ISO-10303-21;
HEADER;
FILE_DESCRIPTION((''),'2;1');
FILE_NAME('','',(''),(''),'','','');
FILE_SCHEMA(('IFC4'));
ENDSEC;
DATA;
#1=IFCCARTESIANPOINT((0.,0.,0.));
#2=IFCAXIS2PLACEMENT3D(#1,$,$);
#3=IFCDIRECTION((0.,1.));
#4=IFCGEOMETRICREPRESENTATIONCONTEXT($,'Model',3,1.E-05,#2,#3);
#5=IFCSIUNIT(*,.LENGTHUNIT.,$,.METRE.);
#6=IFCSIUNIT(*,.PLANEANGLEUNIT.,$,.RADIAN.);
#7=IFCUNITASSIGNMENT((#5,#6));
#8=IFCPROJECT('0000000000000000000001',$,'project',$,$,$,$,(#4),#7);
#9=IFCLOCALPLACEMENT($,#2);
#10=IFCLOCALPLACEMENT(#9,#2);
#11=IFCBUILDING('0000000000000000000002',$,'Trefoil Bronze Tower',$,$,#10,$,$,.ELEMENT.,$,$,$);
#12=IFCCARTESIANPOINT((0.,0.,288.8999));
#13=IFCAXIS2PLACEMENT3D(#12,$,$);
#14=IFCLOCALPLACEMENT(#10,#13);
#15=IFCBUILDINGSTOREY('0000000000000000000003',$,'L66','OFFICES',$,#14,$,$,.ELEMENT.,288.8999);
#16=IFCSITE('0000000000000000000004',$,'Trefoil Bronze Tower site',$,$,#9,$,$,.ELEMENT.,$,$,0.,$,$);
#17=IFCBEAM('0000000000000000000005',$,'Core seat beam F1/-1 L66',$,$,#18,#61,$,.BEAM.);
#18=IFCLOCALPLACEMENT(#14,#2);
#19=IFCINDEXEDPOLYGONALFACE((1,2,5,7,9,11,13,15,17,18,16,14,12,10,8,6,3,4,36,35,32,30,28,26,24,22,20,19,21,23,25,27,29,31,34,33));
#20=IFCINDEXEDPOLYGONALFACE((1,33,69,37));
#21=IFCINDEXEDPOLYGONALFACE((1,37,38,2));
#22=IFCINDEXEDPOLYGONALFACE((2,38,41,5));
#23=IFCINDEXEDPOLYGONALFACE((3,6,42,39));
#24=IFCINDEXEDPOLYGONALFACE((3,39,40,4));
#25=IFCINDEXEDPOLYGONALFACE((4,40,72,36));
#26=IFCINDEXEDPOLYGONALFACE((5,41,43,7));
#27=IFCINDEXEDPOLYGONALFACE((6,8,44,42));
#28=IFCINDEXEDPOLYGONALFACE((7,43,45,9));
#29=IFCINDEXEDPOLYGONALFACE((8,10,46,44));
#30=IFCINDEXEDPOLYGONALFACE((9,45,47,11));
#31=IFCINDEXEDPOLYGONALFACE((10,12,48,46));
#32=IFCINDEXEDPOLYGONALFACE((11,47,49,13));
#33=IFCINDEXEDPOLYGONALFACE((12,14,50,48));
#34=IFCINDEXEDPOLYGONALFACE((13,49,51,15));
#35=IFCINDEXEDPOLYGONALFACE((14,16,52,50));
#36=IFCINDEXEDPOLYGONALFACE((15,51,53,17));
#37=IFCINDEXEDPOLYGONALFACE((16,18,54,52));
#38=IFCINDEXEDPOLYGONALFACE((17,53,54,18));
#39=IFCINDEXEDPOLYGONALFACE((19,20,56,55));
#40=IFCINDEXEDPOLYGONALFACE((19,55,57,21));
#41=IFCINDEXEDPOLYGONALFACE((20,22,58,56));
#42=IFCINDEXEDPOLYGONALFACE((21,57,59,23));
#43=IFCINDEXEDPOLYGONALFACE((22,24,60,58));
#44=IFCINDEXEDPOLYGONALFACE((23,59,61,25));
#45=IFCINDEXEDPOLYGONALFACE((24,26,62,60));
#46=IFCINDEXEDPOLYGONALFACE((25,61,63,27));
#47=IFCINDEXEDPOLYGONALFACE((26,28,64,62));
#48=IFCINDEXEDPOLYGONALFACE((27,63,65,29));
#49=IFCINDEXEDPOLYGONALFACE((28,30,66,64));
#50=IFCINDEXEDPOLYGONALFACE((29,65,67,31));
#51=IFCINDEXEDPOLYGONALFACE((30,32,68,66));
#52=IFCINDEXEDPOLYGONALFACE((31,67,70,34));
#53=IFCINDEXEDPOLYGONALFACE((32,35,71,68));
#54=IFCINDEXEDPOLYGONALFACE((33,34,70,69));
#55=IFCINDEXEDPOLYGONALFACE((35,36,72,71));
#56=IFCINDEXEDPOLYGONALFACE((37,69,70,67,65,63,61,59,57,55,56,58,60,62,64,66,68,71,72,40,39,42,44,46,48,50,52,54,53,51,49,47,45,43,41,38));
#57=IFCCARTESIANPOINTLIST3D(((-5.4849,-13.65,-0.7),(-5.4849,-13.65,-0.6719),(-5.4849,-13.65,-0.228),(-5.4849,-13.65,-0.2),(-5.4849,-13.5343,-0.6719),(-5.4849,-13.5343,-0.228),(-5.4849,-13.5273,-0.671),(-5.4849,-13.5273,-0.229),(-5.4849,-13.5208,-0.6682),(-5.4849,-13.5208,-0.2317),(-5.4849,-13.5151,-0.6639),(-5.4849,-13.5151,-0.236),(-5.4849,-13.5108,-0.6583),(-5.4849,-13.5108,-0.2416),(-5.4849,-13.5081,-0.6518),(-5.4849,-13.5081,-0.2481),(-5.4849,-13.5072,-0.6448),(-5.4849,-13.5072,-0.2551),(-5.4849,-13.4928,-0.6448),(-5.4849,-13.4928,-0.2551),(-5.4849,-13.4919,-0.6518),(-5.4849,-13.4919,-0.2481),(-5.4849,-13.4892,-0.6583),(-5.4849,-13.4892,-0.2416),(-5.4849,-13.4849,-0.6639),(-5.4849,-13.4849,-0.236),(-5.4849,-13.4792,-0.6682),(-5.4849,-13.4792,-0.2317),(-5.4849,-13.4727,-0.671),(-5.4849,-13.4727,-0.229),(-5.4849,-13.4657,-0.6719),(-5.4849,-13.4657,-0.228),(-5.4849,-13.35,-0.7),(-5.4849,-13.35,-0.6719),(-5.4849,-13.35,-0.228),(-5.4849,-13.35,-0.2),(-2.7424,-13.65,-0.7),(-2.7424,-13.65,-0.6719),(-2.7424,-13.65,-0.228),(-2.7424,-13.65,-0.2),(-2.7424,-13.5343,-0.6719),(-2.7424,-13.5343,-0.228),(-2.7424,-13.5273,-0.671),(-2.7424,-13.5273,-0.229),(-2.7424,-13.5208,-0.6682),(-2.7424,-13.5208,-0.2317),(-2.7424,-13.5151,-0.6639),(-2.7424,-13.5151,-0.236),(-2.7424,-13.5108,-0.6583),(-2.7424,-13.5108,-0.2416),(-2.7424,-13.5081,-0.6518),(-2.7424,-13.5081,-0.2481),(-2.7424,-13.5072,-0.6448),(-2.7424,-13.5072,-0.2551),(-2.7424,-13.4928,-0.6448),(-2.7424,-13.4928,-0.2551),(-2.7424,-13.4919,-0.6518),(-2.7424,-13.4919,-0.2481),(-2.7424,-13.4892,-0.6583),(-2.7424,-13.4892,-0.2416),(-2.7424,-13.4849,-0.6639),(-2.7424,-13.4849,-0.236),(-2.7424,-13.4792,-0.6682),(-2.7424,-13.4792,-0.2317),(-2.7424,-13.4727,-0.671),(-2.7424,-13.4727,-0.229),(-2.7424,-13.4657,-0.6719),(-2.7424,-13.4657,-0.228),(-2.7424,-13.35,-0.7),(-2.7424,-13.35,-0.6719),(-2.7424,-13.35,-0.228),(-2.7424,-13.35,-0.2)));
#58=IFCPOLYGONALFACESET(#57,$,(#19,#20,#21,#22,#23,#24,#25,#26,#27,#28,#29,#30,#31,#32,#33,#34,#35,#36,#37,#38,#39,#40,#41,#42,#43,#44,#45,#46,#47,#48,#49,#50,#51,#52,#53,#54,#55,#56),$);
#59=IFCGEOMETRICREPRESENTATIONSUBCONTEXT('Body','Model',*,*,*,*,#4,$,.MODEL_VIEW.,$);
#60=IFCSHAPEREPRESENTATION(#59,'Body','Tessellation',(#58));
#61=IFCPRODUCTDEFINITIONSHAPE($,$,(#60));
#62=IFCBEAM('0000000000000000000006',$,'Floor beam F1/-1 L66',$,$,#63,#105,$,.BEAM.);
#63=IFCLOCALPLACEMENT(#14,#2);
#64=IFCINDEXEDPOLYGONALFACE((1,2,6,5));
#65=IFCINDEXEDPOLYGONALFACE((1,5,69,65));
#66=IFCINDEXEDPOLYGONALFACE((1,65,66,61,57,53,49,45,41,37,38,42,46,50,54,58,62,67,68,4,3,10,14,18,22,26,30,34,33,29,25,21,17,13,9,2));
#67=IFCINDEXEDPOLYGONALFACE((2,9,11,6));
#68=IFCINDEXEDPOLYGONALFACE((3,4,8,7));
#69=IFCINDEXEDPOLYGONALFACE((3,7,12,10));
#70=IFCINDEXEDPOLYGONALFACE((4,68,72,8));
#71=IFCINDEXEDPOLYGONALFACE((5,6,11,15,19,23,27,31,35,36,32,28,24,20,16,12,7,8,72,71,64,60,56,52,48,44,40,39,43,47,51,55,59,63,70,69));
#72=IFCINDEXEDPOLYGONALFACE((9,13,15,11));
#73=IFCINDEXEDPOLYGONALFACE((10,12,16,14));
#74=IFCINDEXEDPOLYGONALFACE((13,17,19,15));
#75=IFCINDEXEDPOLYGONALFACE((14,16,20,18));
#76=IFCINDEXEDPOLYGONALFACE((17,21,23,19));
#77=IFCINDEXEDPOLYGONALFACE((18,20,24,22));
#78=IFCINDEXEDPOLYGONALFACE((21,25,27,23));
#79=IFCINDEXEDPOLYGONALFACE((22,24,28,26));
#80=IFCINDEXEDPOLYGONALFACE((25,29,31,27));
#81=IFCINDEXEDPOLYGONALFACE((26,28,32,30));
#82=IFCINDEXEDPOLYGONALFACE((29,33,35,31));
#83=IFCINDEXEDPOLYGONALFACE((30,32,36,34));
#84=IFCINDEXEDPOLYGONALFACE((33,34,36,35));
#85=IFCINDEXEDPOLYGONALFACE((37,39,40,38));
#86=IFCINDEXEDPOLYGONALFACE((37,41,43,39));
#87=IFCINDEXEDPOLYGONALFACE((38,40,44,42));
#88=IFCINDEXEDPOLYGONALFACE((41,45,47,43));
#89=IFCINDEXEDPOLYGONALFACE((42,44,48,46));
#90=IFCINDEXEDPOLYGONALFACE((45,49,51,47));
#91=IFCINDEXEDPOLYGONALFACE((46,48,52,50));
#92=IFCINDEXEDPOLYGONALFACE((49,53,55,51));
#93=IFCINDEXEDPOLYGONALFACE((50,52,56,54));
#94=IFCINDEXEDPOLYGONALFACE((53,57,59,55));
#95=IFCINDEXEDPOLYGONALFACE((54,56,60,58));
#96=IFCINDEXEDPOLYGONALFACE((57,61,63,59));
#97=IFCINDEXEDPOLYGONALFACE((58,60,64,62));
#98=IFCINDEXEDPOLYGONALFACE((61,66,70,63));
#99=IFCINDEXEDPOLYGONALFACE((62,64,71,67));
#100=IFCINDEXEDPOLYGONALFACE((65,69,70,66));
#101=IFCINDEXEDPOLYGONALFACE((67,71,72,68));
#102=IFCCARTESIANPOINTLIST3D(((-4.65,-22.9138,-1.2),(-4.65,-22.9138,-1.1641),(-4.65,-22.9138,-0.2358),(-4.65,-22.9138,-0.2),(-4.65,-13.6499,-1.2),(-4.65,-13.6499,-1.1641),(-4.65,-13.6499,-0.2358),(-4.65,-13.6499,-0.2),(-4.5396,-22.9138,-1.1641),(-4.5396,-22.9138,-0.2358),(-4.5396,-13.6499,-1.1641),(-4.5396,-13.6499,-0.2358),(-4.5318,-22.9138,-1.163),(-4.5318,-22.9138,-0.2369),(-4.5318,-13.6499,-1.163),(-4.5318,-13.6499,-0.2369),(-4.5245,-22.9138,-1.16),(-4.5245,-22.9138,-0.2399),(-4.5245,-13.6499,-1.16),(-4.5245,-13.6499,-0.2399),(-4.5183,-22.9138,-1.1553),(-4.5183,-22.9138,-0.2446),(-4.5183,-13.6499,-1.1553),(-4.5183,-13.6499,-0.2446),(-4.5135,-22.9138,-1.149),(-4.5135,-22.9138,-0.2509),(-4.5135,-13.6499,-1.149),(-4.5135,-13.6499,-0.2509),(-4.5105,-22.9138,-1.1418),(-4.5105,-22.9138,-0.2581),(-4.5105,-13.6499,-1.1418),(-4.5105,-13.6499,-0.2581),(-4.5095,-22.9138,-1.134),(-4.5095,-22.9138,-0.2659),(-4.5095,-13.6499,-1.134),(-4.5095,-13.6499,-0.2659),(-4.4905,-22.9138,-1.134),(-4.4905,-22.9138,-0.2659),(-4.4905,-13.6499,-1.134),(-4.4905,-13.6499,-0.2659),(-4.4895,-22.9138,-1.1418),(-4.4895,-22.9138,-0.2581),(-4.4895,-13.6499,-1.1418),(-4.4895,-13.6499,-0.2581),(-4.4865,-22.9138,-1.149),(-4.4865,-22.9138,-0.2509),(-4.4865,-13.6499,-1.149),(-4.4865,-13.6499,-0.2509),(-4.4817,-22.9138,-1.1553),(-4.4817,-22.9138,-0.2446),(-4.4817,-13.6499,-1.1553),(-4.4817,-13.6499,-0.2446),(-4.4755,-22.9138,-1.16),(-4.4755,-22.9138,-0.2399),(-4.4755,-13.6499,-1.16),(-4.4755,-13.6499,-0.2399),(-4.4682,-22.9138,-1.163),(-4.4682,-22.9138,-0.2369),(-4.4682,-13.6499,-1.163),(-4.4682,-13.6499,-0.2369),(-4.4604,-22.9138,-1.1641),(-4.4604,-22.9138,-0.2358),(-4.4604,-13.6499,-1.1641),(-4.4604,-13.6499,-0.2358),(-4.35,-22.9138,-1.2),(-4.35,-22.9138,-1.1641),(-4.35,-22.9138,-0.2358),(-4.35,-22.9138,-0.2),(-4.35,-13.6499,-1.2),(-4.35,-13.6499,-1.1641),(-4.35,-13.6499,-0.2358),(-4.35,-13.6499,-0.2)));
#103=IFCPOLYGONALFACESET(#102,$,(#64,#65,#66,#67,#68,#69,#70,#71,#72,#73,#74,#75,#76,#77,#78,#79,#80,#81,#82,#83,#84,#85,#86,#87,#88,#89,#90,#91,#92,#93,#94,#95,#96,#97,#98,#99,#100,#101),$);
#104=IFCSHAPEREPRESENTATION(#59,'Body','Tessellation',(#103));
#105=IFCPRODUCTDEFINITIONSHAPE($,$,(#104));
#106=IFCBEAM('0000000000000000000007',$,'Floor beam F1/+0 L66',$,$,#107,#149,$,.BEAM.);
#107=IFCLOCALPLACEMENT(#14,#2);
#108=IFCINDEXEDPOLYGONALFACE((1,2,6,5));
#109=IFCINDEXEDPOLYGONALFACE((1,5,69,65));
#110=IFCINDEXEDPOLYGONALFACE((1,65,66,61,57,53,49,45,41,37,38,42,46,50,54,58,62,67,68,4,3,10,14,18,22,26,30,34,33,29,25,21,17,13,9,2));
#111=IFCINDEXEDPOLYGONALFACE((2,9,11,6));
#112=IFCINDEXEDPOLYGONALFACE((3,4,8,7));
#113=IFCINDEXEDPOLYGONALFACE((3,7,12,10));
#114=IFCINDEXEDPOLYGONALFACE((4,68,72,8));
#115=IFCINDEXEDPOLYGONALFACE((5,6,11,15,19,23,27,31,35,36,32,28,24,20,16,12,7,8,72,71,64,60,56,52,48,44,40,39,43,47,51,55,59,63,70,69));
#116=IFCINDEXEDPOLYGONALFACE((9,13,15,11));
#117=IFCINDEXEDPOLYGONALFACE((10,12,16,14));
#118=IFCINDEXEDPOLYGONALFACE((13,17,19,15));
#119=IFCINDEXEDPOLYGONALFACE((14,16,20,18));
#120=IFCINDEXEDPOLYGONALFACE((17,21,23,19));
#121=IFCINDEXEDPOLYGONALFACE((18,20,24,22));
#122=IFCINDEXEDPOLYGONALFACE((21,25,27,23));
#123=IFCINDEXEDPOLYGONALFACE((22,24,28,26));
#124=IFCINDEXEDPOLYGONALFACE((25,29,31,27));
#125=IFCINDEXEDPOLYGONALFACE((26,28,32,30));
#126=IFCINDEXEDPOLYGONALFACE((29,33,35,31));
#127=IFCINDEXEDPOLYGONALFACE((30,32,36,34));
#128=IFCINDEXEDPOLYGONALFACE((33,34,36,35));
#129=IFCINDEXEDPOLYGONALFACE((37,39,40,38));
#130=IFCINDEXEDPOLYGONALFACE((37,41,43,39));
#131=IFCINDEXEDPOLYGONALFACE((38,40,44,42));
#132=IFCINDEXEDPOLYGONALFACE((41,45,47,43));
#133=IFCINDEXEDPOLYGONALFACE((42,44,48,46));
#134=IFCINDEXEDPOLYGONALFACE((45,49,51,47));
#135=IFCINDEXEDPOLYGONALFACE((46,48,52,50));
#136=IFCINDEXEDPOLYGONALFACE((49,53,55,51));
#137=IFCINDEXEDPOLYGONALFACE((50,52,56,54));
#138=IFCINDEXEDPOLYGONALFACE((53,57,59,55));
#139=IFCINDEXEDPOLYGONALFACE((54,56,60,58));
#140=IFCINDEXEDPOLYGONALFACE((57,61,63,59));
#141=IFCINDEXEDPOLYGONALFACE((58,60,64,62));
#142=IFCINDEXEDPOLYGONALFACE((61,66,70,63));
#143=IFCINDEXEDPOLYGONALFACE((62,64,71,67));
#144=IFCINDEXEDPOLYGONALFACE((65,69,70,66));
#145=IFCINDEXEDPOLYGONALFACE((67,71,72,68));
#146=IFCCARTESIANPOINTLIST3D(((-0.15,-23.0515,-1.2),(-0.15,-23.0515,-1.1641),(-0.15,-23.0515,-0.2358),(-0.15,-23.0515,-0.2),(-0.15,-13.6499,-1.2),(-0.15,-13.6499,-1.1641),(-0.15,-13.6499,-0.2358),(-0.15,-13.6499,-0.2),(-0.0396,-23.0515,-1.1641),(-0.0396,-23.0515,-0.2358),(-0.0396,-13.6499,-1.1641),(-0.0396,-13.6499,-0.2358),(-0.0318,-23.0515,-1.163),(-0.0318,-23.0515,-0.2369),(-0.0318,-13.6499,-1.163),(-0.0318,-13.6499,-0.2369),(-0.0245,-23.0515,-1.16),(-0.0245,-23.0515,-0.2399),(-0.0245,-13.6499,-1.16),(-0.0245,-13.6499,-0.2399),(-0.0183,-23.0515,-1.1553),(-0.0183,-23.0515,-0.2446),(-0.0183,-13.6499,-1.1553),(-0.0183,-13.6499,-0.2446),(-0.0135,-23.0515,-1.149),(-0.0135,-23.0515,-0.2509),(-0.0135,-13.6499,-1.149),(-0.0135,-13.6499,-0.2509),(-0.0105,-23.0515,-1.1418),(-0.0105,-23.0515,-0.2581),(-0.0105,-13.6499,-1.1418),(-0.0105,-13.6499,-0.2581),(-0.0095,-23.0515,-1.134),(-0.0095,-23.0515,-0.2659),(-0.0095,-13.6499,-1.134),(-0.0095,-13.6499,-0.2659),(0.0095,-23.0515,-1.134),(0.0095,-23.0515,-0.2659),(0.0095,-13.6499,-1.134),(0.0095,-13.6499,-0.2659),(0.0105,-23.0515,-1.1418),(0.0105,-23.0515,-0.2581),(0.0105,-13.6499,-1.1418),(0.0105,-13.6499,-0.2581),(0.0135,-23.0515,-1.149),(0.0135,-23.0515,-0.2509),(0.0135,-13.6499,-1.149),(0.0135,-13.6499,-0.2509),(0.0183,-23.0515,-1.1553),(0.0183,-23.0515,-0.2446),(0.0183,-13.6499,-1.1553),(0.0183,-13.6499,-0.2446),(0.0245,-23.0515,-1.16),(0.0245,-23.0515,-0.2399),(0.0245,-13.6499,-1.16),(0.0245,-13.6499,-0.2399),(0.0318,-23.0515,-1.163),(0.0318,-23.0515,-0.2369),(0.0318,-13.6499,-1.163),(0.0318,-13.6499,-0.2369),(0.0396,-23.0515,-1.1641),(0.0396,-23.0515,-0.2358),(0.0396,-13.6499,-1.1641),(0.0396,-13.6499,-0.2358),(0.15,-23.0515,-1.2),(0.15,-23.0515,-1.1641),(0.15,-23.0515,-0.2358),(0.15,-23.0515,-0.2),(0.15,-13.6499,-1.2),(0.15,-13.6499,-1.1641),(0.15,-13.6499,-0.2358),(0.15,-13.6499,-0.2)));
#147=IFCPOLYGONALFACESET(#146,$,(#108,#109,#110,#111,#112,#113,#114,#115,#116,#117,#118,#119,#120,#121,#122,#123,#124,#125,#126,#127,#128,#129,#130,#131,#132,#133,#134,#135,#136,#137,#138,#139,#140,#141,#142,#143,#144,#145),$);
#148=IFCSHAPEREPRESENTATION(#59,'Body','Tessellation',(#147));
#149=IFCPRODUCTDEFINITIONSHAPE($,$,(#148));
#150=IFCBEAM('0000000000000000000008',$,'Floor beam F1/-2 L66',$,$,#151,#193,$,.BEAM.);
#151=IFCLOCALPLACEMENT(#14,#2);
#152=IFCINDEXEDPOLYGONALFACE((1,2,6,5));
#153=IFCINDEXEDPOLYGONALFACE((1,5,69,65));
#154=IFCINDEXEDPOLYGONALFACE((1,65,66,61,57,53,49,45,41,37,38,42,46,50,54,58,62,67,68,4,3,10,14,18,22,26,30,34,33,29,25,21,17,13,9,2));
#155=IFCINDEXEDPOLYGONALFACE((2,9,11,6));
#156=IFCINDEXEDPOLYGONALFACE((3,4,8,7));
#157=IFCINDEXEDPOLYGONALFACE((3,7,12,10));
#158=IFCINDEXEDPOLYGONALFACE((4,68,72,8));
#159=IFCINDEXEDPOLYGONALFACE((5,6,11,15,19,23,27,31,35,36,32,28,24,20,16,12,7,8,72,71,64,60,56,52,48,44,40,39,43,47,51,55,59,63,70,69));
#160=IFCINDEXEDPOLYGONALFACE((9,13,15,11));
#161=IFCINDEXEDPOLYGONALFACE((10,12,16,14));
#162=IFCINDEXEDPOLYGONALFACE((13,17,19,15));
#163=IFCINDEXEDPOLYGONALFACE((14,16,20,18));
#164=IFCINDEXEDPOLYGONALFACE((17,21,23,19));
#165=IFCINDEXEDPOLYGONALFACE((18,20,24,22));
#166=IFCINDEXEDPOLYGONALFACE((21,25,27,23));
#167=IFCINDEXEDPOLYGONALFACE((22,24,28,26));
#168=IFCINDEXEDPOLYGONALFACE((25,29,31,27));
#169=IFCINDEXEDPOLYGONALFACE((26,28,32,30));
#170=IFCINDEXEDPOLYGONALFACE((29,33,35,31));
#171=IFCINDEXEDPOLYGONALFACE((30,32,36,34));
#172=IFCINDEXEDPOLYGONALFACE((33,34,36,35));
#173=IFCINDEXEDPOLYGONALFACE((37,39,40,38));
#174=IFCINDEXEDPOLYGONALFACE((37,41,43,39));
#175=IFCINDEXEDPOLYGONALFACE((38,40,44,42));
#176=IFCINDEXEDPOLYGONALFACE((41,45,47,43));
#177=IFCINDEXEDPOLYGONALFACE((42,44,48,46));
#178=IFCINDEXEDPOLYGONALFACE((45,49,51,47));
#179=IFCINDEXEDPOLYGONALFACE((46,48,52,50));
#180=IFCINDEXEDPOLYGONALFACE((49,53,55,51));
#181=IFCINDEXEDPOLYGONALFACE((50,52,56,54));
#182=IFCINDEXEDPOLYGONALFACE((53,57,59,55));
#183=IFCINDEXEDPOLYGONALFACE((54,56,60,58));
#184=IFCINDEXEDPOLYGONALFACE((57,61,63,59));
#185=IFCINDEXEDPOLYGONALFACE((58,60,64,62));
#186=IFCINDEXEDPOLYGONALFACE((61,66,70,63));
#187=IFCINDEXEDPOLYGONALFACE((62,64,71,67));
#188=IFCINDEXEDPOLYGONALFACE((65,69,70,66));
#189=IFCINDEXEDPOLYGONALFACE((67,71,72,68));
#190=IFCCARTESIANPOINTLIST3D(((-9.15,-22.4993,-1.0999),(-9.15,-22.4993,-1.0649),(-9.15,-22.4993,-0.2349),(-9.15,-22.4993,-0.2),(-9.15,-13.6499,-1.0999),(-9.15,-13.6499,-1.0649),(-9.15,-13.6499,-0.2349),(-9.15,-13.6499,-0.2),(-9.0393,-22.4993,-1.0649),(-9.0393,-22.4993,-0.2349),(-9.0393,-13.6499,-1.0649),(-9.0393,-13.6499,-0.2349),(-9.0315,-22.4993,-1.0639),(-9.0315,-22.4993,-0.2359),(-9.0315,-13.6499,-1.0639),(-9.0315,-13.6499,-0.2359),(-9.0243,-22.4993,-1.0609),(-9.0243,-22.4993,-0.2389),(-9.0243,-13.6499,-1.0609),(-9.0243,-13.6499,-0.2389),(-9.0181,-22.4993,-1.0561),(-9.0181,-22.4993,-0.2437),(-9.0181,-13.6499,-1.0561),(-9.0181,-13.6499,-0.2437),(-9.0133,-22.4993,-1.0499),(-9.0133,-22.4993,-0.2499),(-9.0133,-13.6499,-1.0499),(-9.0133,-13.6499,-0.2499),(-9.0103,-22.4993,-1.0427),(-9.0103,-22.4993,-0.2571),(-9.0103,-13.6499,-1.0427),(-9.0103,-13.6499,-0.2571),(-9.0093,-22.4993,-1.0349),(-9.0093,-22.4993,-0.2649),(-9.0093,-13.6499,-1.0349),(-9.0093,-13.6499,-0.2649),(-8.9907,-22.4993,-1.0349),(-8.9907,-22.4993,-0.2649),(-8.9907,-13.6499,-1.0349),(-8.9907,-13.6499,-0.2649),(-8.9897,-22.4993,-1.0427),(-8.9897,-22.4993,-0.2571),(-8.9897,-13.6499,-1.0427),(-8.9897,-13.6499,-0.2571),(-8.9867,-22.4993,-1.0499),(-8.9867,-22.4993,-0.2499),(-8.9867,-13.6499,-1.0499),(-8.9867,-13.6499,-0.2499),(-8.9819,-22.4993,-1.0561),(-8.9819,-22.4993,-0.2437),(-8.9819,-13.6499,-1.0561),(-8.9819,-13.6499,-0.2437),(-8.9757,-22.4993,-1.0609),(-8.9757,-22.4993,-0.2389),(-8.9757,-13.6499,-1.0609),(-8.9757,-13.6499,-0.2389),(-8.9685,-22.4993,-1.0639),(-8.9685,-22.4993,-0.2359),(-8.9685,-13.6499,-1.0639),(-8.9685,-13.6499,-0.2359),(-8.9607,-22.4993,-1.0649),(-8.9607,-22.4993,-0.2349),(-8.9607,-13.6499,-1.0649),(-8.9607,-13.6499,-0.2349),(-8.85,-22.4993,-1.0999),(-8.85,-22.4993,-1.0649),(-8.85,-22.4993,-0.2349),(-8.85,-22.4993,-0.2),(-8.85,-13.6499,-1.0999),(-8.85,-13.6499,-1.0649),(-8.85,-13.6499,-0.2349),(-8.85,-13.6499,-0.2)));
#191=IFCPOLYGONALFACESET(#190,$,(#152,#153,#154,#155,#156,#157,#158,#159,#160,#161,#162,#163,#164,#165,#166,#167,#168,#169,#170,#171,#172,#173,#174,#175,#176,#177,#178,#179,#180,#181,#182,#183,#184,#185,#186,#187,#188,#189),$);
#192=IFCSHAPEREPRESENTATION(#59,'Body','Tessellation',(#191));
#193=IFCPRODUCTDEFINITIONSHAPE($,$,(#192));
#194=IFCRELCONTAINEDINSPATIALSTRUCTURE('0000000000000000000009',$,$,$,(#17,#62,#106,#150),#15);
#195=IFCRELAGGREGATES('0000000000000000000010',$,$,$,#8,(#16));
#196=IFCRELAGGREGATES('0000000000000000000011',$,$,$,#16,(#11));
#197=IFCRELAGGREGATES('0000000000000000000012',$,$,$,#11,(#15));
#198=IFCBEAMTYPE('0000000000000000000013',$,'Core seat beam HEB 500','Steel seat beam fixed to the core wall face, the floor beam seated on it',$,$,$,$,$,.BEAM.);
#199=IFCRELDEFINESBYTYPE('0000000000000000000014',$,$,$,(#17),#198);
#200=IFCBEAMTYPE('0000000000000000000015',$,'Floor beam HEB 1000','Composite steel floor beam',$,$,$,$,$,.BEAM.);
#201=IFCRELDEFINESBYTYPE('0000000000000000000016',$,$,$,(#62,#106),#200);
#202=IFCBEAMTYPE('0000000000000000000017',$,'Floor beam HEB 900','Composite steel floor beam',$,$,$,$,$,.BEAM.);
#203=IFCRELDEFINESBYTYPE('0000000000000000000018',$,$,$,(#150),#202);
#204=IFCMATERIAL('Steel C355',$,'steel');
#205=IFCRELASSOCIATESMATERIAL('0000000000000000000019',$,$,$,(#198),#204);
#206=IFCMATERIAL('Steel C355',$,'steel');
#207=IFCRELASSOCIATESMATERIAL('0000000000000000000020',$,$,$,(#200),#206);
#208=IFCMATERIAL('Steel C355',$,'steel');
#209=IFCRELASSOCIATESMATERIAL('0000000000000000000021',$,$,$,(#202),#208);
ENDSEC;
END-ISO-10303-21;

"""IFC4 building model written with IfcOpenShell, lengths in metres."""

from ifc_helpers import new_model, si_unit, direction, frame, origin, origin_2d, place, context, subcontext, project, spatial, i_section, extrude, material, material_profile, profile_set, type_object, element, save


model = new_model("IFC4")

# Units and contexts
model_context = context("Model", 3, precision=1e-05, world=origin(), true_north=direction((0.0, 1.0)))
body_context = subcontext(model_context, "Body", "Model", "MODEL_VIEW")
ifc_project = project(units=[si_unit("LENGTHUNIT", "METRE"), si_unit("PLANEANGLEUNIT", "RADIAN")], contexts=[model_context])

# Site, building, storey
site_placement = place(None, origin())
site = spatial("IfcSite", under=ifc_project, at=site_placement, Name="Trefoil Bronze Tower site", CompositionType="ELEMENT", RefElevation=0.0)
building_placement = place(site_placement, origin())
building = spatial("IfcBuilding", under=site, at=building_placement, Name="Trefoil Bronze Tower", CompositionType="ELEMENT")
storey_placement = place(building_placement, frame((0.0, 0.0, 288.8999)))
storey = spatial("IfcBuildingStorey", under=building, at=storey_placement, Name="L66", Description="OFFICES", CompositionType="ELEMENT", Elevation=288.8999)

# Beams
ifc_material_1 = material(Name="Steel C355", Category="steel")
ifc_material_profile_1 = material_profile(ifc_material_1, i_section(OverallWidth=0.3, OverallDepth=0.5, WebThickness=0.0144, FlangeThickness=0.0281, FilletRadius=0.0271, at=origin_2d()), Name="HEB 500")
ifc_profile_set_1 = profile_set([ifc_material_profile_1], Name="Steel C355")
beam_type_1 = type_object("IfcBeamType", Name="Core seat beam HEB 500", Description="Steel seat beam fixed to the core wall face, the floor beam seated on it", PredefinedType="BEAM", material=ifc_profile_set_1)
for number, where, z_axis, x_axis, name in (
    (1, (-5.4849, -13.5, -0.45), (1.0, 0.0, 0.0), (0.0, 1.0, 0.0), "Core seat beam F1/-1 L66"),
):
    element("IfcBeam", number, at=place(storey_placement, frame(where, z_axis=z_axis, x_axis=x_axis)), inside=storey, type_object=beam_type_1, Name=name, PredefinedType="BEAM", context=body_context, shape_type="SweptSolid", body=[
        extrude(i_section(OverallWidth=0.3, OverallDepth=0.5, WebThickness=0.0144, FlangeThickness=0.0281, FilletRadius=0.0271, at=origin_2d()), origin(), (0.0, 0.0, 1.0), 2.7424),
    ])
ifc_material_2 = material(Name="Steel C355", Category="steel")
ifc_material_profile_2 = material_profile(ifc_material_2, i_section(OverallWidth=0.3, OverallDepth=1.0, WebThickness=0.019, FlangeThickness=0.0359, FilletRadius=0.03, at=origin_2d()), Name="HEB 1000")
ifc_profile_set_2 = profile_set([ifc_material_profile_2], Name="Steel C355")
beam_type_2 = type_object("IfcBeamType", Name="Floor beam HEB 1000", Description="Composite steel floor beam", PredefinedType="BEAM", material=ifc_profile_set_2)
beam_1_placement = place(storey_placement, frame((-4.5, -22.9138, -0.7), z_axis=(0.0, 1.0, 0.0), x_axis=(-1.0, 0.0, 0.0)))
element("IfcBeam", 2, at=beam_1_placement, inside=storey, type_object=beam_type_2, Name="Floor beam F1/-1 L66", PredefinedType="BEAM", context=body_context, shape_type="SweptSolid", body=[
    extrude(i_section(OverallWidth=0.3, OverallDepth=1.0, WebThickness=0.019, FlangeThickness=0.0359, FilletRadius=0.03, at=origin_2d()), origin(), (0.0, 0.0, 1.0), 9.2639),
])
beam_2_placement = place(storey_placement, frame((0.0, -23.0515, -0.7), z_axis=(0.0, 1.0, 0.0), x_axis=(-1.0, 0.0, 0.0)))
element("IfcBeam", 3, at=beam_2_placement, inside=storey, type_object=beam_type_2, Name="Floor beam F1/+0 L66", PredefinedType="BEAM", context=body_context, shape_type="SweptSolid", body=[
    extrude(i_section(OverallWidth=0.3, OverallDepth=1.0, WebThickness=0.019, FlangeThickness=0.0359, FilletRadius=0.03, at=origin_2d()), origin(), (0.0, 0.0, 1.0), 9.4016),
])
ifc_material_3 = material(Name="Steel C355", Category="steel")
ifc_material_profile_3 = material_profile(ifc_material_3, i_section(OverallWidth=0.3, OverallDepth=0.8999, WebThickness=0.0186, FlangeThickness=0.0349, FilletRadius=0.03, at=origin_2d()), Name="HEB 900")
ifc_profile_set_3 = profile_set([ifc_material_profile_3], Name="Steel C355")
beam_type_3 = type_object("IfcBeamType", Name="Floor beam HEB 900", Description="Composite steel floor beam", PredefinedType="BEAM", material=ifc_profile_set_3)
beam_3_placement = place(storey_placement, frame((-9.0, -22.4993, -0.6499), z_axis=(0.0, 1.0, 0.0), x_axis=(-1.0, 0.0, 0.0)))
element("IfcBeam", 4, at=beam_3_placement, inside=storey, type_object=beam_type_3, Name="Floor beam F1/-2 L66", PredefinedType="BEAM", context=body_context, shape_type="SweptSolid", body=[
    extrude(i_section(OverallWidth=0.3, OverallDepth=0.8999, WebThickness=0.0186, FlangeThickness=0.0349, FilletRadius=0.03, at=origin_2d()), origin(), (0.0, 0.0, 1.0), 8.8494),
])

save(model, "model.ifc")
